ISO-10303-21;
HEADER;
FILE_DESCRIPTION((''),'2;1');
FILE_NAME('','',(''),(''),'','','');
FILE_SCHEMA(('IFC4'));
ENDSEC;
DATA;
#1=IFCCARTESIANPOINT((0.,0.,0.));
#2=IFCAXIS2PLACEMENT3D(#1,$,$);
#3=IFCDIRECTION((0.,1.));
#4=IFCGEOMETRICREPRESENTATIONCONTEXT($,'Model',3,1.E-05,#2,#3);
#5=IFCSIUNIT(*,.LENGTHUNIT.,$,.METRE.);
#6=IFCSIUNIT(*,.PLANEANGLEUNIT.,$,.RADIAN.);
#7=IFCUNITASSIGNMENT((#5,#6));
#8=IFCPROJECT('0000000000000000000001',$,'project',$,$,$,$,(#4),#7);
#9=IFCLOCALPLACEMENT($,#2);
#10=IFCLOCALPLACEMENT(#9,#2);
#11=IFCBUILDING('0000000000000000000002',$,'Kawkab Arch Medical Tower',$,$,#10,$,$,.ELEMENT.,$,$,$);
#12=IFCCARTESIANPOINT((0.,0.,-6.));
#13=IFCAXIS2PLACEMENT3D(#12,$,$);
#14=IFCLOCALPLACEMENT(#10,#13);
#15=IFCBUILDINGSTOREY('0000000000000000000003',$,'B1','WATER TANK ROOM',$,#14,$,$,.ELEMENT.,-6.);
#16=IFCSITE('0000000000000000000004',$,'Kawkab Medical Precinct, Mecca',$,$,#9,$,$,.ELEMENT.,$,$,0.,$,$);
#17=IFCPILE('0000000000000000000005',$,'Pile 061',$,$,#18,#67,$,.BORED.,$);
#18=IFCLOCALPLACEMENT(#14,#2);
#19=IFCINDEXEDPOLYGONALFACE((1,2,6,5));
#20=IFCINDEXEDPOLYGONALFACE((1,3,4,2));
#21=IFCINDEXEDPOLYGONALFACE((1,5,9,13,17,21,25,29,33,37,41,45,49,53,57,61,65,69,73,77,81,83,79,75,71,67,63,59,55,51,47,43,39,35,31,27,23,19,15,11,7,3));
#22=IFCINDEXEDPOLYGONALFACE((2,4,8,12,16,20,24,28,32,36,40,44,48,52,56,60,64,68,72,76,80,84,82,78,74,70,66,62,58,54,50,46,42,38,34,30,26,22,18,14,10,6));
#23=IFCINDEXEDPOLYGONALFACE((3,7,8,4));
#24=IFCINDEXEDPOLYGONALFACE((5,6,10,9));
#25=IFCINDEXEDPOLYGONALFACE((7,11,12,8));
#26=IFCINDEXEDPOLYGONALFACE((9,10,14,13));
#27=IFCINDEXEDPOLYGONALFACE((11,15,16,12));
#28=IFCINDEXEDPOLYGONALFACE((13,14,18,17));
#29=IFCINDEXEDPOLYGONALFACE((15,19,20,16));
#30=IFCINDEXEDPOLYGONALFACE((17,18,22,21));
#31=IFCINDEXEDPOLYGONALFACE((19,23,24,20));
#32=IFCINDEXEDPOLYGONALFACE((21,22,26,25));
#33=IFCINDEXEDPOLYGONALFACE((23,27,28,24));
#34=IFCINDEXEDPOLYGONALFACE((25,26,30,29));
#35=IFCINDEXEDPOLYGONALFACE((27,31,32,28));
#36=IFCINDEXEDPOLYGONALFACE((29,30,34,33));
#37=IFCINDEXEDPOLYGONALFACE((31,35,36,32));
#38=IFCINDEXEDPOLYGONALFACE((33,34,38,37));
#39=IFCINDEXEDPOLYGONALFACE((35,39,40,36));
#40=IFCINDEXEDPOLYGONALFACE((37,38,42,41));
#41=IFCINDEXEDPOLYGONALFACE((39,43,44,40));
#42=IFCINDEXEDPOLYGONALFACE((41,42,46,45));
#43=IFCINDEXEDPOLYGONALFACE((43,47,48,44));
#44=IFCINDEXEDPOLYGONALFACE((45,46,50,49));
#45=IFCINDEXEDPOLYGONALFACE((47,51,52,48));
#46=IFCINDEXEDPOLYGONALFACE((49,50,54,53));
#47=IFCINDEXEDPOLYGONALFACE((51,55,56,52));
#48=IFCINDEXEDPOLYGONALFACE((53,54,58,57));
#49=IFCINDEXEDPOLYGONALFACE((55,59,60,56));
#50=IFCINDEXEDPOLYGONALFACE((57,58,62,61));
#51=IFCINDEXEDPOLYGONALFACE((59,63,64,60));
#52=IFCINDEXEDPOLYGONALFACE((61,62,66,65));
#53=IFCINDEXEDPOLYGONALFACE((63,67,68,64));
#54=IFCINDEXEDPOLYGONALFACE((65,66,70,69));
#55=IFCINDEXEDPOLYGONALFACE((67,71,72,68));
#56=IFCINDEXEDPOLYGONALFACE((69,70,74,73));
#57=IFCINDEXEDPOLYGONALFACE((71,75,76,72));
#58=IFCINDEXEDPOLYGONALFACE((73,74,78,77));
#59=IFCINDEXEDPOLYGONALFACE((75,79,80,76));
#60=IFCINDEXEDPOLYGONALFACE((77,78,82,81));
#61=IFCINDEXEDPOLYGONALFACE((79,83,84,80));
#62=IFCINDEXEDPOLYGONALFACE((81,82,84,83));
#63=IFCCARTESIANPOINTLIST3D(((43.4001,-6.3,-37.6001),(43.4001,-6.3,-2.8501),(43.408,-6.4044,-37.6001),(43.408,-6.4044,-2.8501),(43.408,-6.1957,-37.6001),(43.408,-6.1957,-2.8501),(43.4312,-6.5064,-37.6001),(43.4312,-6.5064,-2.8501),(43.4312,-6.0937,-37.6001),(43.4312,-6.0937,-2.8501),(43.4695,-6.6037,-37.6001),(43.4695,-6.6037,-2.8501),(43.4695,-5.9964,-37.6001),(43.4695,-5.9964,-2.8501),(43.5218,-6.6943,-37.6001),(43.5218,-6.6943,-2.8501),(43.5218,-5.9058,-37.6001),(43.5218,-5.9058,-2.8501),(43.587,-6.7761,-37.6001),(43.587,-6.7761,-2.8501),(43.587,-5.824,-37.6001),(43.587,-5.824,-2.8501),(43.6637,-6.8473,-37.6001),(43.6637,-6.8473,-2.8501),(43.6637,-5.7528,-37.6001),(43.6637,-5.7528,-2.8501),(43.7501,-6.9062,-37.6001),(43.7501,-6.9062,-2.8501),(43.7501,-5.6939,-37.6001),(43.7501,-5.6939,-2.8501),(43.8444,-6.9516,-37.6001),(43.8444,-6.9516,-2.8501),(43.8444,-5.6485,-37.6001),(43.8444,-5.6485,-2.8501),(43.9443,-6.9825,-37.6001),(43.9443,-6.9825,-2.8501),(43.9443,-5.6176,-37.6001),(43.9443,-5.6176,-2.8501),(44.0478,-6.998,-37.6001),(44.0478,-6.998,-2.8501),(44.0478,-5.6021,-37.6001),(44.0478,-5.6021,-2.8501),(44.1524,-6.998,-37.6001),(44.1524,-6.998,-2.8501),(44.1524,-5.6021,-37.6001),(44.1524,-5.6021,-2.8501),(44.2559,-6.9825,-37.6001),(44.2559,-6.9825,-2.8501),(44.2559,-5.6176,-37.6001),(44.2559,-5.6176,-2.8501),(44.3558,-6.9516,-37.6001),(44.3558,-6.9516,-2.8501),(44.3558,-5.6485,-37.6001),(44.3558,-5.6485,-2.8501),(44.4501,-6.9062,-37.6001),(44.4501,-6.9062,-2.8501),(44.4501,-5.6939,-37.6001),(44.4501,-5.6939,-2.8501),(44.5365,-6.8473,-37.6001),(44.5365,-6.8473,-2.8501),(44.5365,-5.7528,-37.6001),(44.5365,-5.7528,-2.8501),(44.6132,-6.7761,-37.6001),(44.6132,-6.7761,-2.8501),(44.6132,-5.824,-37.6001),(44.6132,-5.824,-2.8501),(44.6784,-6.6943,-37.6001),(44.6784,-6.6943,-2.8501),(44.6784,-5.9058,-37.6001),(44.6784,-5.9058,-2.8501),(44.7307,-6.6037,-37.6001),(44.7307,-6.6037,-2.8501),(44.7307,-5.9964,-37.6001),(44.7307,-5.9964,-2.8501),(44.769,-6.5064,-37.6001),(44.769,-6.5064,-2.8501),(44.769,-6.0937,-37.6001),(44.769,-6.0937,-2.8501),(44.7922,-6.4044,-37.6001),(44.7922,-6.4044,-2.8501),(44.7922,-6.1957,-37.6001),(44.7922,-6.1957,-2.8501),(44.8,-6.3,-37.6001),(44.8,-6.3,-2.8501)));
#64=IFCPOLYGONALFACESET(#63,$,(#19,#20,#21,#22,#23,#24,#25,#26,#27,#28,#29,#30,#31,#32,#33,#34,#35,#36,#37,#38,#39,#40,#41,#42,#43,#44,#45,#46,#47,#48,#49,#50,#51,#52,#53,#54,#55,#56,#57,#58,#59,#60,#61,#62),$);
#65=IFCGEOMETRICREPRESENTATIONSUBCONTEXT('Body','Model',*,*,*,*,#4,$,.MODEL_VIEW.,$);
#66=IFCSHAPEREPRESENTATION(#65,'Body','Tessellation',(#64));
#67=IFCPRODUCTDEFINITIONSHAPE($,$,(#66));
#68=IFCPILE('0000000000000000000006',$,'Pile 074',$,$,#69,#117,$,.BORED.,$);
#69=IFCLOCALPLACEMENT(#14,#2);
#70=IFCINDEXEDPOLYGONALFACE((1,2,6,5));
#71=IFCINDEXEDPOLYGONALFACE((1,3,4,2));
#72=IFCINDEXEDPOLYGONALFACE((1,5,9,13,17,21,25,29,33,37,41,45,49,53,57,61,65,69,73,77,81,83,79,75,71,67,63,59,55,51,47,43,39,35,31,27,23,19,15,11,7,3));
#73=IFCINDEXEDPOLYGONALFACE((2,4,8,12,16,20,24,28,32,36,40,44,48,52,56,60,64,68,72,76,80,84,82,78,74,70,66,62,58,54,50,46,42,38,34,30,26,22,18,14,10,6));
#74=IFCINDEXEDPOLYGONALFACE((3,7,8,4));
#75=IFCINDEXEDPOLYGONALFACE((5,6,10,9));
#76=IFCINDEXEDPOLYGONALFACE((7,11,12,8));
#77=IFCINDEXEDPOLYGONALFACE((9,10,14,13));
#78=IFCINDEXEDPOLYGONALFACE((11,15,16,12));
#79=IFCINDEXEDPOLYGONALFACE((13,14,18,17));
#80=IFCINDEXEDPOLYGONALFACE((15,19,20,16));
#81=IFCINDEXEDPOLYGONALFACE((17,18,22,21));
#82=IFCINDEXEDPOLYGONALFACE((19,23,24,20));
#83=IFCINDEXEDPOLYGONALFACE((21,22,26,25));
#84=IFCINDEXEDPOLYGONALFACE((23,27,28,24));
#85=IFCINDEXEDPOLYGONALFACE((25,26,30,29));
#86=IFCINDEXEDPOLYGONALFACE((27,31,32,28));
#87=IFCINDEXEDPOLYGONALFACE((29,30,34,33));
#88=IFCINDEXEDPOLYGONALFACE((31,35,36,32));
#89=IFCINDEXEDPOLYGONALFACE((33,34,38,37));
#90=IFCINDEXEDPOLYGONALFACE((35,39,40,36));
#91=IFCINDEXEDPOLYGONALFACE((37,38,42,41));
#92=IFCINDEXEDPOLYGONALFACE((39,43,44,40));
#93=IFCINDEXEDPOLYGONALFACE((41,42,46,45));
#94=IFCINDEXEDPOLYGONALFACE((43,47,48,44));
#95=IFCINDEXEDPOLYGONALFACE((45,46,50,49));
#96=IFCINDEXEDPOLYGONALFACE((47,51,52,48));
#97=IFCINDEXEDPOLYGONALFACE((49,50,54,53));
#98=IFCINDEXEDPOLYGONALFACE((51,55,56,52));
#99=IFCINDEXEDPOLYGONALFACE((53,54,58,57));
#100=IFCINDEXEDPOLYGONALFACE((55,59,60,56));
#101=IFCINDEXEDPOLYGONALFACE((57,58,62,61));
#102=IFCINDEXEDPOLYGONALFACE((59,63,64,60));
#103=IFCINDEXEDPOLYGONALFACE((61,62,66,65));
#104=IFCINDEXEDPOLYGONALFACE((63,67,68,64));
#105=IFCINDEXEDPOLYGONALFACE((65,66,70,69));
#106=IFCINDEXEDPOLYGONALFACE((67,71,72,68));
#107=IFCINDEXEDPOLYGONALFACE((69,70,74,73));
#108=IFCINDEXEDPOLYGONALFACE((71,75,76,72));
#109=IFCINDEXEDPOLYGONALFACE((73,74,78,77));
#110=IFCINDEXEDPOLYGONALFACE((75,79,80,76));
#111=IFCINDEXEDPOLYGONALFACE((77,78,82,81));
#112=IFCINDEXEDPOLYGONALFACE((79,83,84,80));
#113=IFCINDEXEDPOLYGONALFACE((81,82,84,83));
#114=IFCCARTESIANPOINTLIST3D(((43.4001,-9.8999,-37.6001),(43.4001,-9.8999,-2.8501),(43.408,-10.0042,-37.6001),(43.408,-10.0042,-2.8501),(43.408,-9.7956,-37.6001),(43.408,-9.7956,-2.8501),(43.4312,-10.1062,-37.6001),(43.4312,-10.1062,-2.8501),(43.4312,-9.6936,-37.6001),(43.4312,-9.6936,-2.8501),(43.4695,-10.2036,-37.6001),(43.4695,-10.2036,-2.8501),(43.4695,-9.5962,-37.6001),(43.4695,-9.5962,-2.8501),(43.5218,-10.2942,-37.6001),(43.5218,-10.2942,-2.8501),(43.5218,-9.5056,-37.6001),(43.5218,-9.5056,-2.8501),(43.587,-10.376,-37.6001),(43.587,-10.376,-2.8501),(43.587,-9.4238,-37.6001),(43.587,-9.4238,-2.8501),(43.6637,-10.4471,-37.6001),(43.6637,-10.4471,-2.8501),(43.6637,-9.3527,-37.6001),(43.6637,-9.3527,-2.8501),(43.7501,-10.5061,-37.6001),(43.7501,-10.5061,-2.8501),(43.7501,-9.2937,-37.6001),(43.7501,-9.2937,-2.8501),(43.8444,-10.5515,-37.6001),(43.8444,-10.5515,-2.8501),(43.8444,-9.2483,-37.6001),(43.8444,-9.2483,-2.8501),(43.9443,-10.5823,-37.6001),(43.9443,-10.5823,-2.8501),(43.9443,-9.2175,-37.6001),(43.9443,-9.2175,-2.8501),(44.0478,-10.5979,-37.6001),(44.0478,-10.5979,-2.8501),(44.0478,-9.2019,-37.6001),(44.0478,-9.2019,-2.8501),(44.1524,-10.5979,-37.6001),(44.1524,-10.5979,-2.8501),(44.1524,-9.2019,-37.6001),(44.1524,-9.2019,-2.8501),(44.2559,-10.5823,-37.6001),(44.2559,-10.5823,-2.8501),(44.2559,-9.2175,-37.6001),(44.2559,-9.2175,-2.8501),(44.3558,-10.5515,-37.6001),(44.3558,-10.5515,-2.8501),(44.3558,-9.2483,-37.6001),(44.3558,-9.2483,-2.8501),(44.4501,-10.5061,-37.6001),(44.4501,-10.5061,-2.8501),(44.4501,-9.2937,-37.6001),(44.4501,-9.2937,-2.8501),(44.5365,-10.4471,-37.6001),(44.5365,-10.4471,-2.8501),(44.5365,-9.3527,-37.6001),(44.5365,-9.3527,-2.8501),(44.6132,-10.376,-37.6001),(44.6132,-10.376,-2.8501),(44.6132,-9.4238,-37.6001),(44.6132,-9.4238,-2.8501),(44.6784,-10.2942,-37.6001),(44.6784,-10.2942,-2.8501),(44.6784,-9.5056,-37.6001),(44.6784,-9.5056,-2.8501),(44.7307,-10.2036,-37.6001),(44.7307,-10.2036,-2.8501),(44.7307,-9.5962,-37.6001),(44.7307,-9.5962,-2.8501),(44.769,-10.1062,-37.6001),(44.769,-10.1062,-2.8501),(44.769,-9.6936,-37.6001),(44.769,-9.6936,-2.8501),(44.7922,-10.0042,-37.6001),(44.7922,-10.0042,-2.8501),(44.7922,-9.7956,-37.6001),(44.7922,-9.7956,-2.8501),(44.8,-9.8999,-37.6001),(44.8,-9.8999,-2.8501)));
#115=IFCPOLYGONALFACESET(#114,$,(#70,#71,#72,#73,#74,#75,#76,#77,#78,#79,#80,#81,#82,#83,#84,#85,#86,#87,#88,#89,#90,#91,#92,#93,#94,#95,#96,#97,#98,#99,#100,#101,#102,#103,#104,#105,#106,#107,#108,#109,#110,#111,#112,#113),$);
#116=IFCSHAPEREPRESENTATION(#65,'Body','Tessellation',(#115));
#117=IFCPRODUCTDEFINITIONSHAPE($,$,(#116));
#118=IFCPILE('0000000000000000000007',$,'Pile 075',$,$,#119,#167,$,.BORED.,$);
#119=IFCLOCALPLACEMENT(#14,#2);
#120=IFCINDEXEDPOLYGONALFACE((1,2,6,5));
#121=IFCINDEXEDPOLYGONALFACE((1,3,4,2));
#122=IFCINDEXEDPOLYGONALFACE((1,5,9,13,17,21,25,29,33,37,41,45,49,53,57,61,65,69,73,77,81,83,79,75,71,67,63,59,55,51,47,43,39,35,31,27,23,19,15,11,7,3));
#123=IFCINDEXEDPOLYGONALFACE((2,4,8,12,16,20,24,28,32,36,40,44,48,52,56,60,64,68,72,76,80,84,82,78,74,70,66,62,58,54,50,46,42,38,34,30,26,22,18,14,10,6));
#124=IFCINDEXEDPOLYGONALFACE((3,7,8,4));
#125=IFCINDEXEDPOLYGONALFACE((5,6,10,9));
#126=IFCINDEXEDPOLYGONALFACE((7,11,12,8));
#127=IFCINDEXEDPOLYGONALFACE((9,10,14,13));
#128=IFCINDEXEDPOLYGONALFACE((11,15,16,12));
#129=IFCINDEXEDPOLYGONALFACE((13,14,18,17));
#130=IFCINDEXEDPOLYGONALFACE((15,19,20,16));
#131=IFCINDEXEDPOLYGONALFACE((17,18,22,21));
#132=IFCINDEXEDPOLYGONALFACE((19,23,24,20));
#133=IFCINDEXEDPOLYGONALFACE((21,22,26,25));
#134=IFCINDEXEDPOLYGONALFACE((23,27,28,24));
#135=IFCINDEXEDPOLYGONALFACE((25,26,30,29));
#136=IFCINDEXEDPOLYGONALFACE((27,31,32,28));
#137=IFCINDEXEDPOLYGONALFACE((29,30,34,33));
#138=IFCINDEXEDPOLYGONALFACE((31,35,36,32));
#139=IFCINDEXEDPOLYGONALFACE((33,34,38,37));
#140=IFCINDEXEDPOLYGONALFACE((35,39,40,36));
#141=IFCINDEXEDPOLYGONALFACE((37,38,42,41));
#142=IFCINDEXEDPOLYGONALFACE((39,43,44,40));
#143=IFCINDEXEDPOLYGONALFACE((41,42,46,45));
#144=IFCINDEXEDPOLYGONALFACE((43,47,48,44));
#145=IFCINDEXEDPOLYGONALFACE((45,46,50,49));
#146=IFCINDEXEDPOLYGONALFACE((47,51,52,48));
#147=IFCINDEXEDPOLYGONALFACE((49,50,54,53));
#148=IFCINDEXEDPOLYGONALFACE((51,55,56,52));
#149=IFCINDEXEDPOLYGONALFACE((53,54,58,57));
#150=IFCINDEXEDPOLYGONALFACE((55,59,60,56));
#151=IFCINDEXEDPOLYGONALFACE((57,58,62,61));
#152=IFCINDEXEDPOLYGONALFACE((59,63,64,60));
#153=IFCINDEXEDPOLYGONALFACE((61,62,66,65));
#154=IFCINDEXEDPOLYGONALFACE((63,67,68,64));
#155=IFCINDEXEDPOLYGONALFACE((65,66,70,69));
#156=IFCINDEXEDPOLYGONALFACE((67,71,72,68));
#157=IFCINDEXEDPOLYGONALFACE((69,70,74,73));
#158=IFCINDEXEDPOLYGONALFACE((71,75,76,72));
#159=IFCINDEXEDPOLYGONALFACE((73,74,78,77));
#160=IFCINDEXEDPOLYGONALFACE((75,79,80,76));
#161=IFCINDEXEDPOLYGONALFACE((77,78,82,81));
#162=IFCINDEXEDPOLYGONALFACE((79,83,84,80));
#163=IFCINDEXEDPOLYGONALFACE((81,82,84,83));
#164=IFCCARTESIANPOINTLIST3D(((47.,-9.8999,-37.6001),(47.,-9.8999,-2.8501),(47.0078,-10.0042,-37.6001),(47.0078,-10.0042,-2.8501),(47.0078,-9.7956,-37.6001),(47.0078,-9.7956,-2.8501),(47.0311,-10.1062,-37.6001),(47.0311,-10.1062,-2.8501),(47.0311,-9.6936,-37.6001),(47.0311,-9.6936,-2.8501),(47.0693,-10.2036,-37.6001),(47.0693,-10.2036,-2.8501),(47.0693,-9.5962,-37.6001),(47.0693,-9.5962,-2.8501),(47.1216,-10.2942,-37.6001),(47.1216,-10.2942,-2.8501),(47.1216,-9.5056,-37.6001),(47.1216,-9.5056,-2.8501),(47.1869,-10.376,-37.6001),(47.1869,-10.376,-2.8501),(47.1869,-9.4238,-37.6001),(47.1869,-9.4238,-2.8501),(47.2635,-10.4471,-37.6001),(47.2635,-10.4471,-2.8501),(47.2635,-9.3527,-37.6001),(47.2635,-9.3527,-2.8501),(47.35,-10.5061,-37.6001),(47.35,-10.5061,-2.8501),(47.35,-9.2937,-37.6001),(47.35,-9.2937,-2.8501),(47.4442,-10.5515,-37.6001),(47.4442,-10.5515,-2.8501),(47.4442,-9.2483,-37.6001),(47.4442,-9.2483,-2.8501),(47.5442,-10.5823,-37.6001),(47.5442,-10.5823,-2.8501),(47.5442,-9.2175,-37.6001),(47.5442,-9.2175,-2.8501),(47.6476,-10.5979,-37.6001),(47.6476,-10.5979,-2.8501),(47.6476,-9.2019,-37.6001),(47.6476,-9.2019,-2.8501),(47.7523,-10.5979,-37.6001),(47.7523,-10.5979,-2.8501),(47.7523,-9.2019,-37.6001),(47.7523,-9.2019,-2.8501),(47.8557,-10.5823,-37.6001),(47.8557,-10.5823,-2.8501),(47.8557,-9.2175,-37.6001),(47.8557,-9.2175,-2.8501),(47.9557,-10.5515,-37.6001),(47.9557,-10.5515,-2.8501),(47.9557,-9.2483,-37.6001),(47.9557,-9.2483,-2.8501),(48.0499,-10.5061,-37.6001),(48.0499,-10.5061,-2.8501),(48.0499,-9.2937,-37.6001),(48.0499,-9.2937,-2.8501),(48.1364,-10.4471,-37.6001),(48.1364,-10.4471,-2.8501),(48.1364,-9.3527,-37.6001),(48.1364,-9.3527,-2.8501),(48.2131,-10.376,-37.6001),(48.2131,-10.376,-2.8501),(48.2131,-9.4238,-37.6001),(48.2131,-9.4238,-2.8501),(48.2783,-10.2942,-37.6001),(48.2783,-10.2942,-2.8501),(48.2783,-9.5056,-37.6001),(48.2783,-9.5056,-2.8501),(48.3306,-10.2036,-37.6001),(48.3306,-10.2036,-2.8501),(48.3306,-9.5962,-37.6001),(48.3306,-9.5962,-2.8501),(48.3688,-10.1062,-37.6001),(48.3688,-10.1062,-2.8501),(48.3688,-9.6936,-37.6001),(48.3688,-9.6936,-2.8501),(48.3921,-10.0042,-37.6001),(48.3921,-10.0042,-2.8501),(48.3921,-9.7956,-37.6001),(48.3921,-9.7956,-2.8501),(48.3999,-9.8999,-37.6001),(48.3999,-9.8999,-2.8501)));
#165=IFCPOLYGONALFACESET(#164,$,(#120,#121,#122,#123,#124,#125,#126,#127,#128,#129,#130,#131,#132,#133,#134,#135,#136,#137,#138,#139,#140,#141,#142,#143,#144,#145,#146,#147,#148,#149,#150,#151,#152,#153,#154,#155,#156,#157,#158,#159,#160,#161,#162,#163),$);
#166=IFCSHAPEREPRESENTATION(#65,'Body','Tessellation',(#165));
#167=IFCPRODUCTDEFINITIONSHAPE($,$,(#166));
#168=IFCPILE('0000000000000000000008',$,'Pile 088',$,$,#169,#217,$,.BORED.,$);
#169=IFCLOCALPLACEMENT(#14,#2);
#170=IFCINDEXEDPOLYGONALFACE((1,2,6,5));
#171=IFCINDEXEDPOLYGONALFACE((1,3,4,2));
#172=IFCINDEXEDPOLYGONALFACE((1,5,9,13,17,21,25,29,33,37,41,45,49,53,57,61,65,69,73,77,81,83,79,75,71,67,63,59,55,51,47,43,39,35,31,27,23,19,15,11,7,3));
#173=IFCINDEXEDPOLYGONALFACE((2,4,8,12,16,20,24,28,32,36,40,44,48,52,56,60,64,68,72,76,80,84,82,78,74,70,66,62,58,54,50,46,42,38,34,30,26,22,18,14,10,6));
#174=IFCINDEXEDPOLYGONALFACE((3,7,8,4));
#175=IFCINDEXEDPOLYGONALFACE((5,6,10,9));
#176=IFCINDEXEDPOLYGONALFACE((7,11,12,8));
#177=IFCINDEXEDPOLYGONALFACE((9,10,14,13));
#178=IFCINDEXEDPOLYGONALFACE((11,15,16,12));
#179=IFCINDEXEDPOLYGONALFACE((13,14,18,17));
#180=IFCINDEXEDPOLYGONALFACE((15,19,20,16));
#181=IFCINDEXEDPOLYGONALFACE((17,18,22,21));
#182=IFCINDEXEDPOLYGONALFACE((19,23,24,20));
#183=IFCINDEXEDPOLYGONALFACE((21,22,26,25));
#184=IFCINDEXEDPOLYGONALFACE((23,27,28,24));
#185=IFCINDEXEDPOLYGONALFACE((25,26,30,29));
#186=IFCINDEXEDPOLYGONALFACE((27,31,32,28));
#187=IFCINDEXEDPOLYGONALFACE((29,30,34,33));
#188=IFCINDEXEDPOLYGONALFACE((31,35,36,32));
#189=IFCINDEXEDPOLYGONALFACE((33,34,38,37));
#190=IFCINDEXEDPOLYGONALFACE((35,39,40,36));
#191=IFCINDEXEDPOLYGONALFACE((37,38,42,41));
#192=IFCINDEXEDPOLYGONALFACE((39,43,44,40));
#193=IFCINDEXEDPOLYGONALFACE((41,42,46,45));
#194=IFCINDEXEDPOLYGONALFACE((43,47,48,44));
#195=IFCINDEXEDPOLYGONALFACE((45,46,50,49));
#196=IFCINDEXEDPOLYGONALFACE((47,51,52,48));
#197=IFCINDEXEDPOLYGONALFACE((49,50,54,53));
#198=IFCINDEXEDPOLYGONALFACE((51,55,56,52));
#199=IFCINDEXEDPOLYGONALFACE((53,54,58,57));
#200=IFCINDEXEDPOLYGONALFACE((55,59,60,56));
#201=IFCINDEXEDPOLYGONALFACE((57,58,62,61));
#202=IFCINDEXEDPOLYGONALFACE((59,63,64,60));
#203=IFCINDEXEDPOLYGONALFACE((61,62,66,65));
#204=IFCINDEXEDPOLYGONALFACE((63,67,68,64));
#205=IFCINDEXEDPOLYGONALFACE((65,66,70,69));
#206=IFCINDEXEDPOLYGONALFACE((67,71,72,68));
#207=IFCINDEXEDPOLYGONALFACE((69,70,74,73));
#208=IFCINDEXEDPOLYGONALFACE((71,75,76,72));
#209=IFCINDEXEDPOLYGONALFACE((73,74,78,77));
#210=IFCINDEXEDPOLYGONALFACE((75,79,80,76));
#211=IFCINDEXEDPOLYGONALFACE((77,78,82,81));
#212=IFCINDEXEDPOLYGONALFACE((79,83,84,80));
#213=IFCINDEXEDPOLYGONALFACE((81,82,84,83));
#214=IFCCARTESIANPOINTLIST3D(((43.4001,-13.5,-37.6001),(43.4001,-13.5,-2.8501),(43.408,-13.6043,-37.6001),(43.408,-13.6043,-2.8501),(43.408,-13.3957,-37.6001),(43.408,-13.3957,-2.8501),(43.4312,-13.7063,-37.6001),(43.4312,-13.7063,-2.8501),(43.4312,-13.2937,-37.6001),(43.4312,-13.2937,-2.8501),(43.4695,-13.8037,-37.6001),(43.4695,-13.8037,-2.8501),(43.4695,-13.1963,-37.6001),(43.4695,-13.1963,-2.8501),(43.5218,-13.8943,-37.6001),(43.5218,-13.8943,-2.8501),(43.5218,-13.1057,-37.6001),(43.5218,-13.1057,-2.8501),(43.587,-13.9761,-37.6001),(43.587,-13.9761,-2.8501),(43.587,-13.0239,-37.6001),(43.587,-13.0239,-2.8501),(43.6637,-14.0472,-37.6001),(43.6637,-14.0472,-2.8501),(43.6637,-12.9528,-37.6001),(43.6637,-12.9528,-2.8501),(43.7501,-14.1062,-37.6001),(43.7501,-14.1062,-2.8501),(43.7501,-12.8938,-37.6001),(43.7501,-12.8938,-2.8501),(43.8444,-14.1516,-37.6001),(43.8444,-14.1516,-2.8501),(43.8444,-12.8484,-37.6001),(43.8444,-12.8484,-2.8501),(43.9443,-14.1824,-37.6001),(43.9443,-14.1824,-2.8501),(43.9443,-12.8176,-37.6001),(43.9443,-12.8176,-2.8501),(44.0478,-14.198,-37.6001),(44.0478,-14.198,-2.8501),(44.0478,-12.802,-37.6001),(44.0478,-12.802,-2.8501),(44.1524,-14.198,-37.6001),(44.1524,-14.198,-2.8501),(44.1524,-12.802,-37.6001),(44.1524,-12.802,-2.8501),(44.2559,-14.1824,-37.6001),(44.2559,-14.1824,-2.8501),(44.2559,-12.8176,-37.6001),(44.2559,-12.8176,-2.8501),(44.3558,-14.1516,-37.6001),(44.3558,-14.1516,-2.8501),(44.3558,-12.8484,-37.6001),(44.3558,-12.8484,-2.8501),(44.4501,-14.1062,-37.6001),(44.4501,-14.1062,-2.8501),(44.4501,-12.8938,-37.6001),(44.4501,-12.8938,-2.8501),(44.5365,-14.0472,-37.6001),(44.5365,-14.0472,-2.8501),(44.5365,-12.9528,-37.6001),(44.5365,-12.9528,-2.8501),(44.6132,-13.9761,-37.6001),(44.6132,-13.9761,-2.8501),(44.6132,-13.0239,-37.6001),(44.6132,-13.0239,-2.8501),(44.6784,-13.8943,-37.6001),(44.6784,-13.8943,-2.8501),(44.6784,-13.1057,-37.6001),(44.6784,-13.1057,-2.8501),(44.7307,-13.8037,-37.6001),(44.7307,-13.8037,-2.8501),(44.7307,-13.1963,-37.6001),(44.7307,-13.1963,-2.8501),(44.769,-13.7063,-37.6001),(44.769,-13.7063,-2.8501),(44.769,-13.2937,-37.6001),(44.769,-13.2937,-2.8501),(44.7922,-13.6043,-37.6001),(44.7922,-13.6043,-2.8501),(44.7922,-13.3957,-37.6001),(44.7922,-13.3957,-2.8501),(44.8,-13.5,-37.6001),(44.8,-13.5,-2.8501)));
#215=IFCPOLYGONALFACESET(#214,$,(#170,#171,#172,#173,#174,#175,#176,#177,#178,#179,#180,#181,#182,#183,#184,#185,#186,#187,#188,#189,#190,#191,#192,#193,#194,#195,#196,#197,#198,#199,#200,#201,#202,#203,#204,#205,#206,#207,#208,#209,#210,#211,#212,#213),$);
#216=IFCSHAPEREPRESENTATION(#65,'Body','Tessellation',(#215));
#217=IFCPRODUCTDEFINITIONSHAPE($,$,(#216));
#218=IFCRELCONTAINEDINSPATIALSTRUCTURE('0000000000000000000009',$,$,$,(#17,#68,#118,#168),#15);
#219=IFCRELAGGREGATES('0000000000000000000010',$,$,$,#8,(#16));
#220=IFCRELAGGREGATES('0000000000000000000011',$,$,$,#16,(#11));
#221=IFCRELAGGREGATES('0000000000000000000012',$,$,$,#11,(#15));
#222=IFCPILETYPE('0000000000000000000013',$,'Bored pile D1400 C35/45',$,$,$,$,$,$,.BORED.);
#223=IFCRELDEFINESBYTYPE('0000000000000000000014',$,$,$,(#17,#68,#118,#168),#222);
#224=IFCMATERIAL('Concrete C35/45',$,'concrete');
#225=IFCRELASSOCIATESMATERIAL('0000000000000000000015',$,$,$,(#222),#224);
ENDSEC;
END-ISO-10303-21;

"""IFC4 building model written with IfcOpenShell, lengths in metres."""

from ifc_helpers import new_model, si_unit, direction, frame, origin, origin_2d, place, context, subcontext, project, spatial, circle, extrude, material, material_profile, profile_set, type_object, element, save


model = new_model("IFC4")

# Units and contexts
model_context = context("Model", 3, precision=1e-05, world=origin(), true_north=direction((0.0, 1.0)))
body_context = subcontext(model_context, "Body", "Model", "MODEL_VIEW")
ifc_project = project(units=[si_unit("LENGTHUNIT", "METRE"), si_unit("PLANEANGLEUNIT", "RADIAN")], contexts=[model_context])

# Site, building, storey
site_placement = place(None, origin())
site = spatial("IfcSite", under=ifc_project, at=site_placement, Name="Kawkab Medical Precinct, Mecca", CompositionType="ELEMENT", RefElevation=0.0)
building_placement = place(site_placement, origin())
building = spatial("IfcBuilding", under=site, at=building_placement, Name="Kawkab Arch Medical Tower", CompositionType="ELEMENT")
storey_placement = place(building_placement, frame((0.0, 0.0, -6.0)))
storey = spatial("IfcBuildingStorey", under=building, at=storey_placement, Name="B1", Description="WATER TANK ROOM", CompositionType="ELEMENT", Elevation=-6.0)

# Piles
ifc_material_1 = material(Name="Concrete C35/45", Category="concrete")
ifc_material_profile_1 = material_profile(ifc_material_1, circle(Radius=0.7, at=origin_2d()), Name="Bored pile D1400")
ifc_profile_set_1 = profile_set([ifc_material_profile_1], Name="Concrete C35/45")
pile_type = type_object("IfcPileType", Name="Bored pile D1400 C35/45", PredefinedType="BORED", material=ifc_profile_set_1)
for number, where, z_axis, x_axis, name in (
    (1, (44.1001, -6.3, -2.8501), (0.0, 0.0, -1.0), (1.0, 0.0, 0.0), "Pile 061"),
    (2, (44.1001, -9.8999, -2.8501), (0.0, 0.0, -1.0), (1.0, 0.0, 0.0), "Pile 074"),
    (3, (47.7, -9.8999, -2.8501), (0.0, 0.0, -1.0), (1.0, 0.0, 0.0), "Pile 075"),
    (4, (44.1001, -13.5, -2.8501), (0.0, 0.0, -1.0), (1.0, 0.0, 0.0), "Pile 088"),
):
    element("IfcPile", number, at=place(storey_placement, frame(where, z_axis=z_axis, x_axis=x_axis)), inside=storey, type_object=pile_type, Name=name, PredefinedType="BORED", context=body_context, shape_type="SweptSolid", body=[
        extrude(circle(Radius=0.7, at=origin_2d()), origin(), (0.0, 0.0, 1.0), 34.75),
    ])

save(model, "model.ifc")
